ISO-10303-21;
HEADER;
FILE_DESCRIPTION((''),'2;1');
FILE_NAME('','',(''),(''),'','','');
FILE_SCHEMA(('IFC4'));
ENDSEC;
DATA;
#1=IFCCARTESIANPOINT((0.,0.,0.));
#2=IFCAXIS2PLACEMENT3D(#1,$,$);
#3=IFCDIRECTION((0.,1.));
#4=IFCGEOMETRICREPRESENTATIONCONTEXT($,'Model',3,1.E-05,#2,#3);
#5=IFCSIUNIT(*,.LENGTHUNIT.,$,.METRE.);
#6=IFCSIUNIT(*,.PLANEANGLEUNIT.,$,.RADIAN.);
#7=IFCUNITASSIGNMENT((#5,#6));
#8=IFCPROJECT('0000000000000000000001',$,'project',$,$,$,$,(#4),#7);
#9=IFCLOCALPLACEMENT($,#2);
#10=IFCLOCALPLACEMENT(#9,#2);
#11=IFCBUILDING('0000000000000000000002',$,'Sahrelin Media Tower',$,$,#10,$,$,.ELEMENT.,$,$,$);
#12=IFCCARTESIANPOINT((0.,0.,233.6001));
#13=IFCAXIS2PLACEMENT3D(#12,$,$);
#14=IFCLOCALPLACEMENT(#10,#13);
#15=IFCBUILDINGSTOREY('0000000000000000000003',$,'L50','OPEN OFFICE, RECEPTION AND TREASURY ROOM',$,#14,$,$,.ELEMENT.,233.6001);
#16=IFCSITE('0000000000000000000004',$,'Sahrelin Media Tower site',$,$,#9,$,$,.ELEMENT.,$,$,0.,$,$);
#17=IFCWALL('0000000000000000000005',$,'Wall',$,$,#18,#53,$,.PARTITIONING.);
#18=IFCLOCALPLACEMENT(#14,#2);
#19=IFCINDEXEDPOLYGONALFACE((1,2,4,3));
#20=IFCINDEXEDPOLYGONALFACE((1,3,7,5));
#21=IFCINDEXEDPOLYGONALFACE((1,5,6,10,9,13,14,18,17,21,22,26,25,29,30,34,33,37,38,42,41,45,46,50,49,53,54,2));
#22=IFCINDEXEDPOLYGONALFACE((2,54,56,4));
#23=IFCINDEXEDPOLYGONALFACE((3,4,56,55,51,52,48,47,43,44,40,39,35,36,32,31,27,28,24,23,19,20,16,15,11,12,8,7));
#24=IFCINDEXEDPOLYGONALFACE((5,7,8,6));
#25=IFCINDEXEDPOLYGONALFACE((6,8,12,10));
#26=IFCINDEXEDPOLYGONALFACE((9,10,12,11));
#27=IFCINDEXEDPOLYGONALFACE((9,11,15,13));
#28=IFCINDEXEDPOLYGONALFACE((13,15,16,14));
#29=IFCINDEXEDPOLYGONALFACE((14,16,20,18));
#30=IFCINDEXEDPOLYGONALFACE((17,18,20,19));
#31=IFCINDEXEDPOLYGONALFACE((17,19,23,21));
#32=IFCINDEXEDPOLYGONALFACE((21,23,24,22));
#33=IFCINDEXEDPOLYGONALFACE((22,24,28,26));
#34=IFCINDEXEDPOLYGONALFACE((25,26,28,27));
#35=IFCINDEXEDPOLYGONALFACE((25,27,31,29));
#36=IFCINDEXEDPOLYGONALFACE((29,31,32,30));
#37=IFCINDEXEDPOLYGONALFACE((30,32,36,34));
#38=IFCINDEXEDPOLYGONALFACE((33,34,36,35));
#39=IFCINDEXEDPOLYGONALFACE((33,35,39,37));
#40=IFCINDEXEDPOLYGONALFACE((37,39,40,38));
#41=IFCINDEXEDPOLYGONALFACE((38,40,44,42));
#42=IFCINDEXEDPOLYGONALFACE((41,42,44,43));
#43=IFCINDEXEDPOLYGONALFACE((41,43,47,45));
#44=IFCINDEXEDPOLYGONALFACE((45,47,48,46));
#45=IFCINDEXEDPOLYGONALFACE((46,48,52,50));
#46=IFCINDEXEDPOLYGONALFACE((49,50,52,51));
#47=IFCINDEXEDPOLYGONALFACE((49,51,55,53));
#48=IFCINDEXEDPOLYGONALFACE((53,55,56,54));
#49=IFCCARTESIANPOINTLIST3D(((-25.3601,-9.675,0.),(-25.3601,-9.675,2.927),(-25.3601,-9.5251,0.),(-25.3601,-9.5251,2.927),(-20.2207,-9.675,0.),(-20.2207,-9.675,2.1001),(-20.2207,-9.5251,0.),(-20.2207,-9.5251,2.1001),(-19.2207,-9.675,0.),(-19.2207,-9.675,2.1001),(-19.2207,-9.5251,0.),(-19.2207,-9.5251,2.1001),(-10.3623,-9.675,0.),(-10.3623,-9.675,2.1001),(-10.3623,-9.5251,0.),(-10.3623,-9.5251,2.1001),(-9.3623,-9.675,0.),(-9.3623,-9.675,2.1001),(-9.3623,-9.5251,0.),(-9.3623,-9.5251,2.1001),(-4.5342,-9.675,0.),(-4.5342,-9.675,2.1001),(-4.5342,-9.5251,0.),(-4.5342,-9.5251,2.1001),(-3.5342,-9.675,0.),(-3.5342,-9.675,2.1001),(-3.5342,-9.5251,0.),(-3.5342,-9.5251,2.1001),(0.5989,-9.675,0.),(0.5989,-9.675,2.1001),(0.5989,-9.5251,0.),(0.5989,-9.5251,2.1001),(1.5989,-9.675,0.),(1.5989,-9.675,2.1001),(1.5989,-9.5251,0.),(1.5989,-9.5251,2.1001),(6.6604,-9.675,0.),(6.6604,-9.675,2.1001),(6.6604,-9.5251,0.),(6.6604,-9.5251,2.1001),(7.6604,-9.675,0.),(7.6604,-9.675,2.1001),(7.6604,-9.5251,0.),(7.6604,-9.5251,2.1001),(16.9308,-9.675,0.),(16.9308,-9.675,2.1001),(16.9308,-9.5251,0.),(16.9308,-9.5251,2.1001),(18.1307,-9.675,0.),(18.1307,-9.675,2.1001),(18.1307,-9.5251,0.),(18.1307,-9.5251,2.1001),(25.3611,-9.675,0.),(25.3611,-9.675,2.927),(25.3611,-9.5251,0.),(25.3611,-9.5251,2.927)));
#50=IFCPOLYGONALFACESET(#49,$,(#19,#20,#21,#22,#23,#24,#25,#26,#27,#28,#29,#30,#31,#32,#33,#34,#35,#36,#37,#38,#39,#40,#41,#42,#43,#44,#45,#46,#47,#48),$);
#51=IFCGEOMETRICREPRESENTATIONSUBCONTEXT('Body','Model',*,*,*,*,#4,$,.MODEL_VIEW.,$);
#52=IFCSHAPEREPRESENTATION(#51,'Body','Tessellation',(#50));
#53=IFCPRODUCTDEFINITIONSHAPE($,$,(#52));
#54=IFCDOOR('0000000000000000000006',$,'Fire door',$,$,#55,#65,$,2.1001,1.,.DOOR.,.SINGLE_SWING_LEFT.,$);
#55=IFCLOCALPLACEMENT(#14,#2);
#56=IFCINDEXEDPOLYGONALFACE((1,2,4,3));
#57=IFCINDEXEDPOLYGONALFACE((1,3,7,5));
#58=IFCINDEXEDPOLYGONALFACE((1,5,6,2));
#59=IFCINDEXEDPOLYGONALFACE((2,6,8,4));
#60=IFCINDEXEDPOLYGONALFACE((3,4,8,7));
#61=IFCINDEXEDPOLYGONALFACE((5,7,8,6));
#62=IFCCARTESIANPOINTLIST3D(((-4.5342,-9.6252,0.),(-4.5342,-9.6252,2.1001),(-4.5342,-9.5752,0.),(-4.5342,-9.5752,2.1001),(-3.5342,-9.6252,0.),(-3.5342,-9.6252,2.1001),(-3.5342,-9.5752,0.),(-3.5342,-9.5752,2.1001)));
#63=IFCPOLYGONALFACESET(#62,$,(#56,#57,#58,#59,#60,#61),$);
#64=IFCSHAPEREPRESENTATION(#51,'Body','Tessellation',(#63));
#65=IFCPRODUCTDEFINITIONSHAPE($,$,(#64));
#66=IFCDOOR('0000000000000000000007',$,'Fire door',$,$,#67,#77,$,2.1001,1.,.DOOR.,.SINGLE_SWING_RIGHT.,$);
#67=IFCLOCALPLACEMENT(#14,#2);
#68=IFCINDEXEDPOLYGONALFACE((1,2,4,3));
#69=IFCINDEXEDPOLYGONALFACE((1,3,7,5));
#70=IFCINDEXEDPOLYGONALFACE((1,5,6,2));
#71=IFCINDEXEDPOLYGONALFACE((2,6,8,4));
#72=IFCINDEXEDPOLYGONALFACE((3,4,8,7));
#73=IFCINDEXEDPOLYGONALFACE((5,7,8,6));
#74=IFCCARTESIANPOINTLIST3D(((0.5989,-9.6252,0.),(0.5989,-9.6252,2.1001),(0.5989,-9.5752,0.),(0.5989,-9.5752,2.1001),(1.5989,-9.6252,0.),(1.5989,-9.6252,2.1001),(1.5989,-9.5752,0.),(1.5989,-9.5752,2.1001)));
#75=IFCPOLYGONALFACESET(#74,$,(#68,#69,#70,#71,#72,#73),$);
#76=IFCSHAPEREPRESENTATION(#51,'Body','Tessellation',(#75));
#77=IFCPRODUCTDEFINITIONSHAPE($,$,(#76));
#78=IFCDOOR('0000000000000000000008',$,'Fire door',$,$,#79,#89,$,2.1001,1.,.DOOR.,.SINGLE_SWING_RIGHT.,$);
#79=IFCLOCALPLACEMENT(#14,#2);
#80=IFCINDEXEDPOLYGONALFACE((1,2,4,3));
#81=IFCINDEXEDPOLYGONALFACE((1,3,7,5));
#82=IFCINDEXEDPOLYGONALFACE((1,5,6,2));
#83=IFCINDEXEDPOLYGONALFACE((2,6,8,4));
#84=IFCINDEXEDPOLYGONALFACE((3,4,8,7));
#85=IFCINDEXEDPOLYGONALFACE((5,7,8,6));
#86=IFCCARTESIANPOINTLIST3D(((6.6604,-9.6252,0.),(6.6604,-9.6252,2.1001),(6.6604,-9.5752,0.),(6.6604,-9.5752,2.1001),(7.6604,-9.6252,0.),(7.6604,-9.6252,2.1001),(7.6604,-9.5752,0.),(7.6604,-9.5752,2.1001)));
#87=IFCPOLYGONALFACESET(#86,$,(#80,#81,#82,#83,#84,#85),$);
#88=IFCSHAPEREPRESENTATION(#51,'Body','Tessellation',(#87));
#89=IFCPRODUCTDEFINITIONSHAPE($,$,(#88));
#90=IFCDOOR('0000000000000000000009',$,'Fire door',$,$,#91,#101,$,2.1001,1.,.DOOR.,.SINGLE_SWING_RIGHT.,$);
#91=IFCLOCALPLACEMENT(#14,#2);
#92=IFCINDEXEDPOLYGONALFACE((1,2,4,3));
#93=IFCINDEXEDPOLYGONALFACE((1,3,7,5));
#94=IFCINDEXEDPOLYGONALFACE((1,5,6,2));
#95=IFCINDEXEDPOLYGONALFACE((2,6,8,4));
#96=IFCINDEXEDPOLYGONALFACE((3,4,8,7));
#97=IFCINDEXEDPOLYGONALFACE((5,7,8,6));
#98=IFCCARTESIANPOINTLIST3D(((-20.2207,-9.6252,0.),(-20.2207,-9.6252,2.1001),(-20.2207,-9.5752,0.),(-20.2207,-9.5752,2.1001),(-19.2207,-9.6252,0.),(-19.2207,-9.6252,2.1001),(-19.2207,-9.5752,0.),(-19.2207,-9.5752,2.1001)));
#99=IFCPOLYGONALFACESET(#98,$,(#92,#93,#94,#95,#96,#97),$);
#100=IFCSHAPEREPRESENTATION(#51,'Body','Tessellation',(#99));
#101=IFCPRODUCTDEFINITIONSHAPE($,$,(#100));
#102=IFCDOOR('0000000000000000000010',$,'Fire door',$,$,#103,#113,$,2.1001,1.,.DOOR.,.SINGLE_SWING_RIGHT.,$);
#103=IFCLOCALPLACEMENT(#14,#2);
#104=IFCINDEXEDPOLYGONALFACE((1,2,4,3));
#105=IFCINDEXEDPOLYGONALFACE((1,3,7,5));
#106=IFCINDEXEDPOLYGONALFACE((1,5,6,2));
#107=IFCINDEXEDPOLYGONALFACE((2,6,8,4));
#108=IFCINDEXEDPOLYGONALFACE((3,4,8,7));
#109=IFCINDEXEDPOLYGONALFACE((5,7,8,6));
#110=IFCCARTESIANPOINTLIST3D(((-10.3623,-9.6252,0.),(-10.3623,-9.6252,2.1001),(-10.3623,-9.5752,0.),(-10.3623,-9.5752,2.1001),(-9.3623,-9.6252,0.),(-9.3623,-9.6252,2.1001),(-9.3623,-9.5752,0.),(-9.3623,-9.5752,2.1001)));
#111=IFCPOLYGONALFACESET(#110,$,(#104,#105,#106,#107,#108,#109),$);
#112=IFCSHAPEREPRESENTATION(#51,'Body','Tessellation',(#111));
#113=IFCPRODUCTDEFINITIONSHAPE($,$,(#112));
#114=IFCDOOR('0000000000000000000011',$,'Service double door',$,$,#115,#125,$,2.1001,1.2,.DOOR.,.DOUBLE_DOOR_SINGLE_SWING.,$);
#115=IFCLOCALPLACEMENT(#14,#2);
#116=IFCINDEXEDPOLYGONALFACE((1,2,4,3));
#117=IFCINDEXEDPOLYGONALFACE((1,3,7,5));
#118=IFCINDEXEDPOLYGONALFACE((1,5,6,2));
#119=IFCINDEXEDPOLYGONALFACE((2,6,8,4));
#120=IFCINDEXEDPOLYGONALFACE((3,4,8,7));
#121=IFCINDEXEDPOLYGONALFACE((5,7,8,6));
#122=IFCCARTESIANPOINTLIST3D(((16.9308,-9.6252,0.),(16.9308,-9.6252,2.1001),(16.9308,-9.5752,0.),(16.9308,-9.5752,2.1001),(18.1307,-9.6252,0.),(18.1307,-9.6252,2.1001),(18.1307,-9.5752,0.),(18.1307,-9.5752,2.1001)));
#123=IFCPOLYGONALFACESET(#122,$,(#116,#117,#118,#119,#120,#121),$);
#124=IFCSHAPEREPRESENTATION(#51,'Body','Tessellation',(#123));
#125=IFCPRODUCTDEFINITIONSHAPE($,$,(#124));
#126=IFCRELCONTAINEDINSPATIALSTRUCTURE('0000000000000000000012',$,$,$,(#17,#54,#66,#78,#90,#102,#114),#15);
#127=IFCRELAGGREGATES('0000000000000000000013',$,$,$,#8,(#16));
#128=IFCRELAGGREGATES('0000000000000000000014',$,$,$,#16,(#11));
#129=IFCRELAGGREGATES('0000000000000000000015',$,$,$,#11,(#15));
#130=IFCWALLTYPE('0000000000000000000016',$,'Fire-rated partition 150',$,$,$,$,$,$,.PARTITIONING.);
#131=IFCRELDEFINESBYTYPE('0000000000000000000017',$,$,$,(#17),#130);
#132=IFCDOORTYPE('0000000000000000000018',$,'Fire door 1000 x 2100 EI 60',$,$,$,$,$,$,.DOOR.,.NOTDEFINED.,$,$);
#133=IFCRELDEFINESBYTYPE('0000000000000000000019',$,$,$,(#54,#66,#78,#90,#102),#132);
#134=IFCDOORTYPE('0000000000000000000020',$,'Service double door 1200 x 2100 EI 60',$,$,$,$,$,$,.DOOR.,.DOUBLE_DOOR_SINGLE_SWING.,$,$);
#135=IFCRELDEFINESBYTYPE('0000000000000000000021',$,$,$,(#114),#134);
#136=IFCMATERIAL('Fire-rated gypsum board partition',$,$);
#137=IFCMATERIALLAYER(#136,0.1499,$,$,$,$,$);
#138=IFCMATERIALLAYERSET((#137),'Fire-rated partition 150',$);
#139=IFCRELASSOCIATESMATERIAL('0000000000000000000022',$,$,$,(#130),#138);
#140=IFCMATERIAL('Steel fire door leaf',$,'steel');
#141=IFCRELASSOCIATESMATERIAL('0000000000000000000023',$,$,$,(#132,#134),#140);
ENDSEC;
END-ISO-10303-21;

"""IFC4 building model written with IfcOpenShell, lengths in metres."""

from ifc_helpers import new_model, si_unit, direction, frame, frame_2d, origin, place, context, subcontext, project, spatial, rectangle, extrude, material, layer, layer_set, type_object, element, fill, save


model = new_model("IFC4")

# Units and contexts
model_context = context("Model", 3, precision=1e-05, world=origin(), true_north=direction((0.0, 1.0)))
body_context = subcontext(model_context, "Body", "Model", "MODEL_VIEW")
ifc_project = project(units=[si_unit("LENGTHUNIT", "METRE"), si_unit("PLANEANGLEUNIT", "RADIAN")], contexts=[model_context])

# Site, building, storey
site_placement = place(None, origin())
site = spatial("IfcSite", under=ifc_project, at=site_placement, Name="Sahrelin Media Tower site", CompositionType="ELEMENT", RefElevation=0.0)
building_placement = place(site_placement, origin())
building = spatial("IfcBuilding", under=site, at=building_placement, Name="Sahrelin Media Tower", CompositionType="ELEMENT")
storey_placement = place(building_placement, frame((0.0, 0.0, 233.6001)))
storey = spatial("IfcBuildingStorey", under=building, at=storey_placement, Name="L50", Description="OPEN OFFICE, RECEPTION AND TREASURY ROOM", CompositionType="ELEMENT", Elevation=233.6001)

# Shared definitions
ifc_material_1 = material(Name="Fire-rated gypsum board partition")
ifc_layer_1 = layer(ifc_material_1, 0.1499)
ifc_layer_set_1 = layer_set([ifc_layer_1], Name="Fire-rated partition 150")
wall_type_1 = type_object("IfcWallType", Name="Fire-rated partition 150", PredefinedType="PARTITIONING", material=ifc_layer_set_1)

# Wall, openings, doors
wall_1_placement = place(storey_placement, frame((-25.3601, -9.6001, 0.0), z_axis=(0.0, 0.0, 1.0), x_axis=(1.0, 0.0, 0.0)))
wall_1 = element("IfcWall", 1, at=wall_1_placement, inside=storey, type_object=wall_type_1, Name="Wall", PredefinedType="PARTITIONING", context=body_context, shape_type="SweptSolid", body=[
    extrude(rectangle(XDim=50.7212, YDim=0.1499, at=frame_2d((25.3606, 0.0))), origin(), (0.0, 0.0, 1.0), 2.927),
])
opening_1_placement = place(wall_1_placement, frame((20.8259, 0.0, 0.0)))
opening_1 = element("IfcOpeningElement", 2, at=opening_1_placement, cuts=wall_1, PredefinedType="OPENING", context=body_context, shape_type="SweptSolid", body=[
    extrude(rectangle(XDim=1.0, YDim=2.1001, at=frame_2d((0.5, 1.05))), frame((0.0, 0.075, 0.0), z_axis=(0.0, -1.0, 0.0), x_axis=(1.0, 0.0, 0.0)), (0.0, 0.0, 1.0), 0.1499),
])
opening_2_placement = place(wall_1_placement, frame((25.959, 0.0, 0.0)))
opening_2 = element("IfcOpeningElement", 3, at=opening_2_placement, cuts=wall_1, PredefinedType="OPENING", context=body_context, shape_type="SweptSolid", body=[
    extrude(rectangle(XDim=1.0, YDim=2.1001, at=frame_2d((0.5, 1.05))), frame((0.0, 0.075, 0.0), z_axis=(0.0, -1.0, 0.0), x_axis=(1.0, 0.0, 0.0)), (0.0, 0.0, 1.0), 0.1499),
])
opening_3_placement = place(wall_1_placement, frame((32.0205, 0.0, 0.0)))
opening_3 = element("IfcOpeningElement", 4, at=opening_3_placement, cuts=wall_1, PredefinedType="OPENING", context=body_context, shape_type="SweptSolid", body=[
    extrude(rectangle(XDim=1.0, YDim=2.1001, at=frame_2d((0.5, 1.05))), frame((0.0, 0.075, 0.0), z_axis=(0.0, -1.0, 0.0), x_axis=(1.0, 0.0, 0.0)), (0.0, 0.0, 1.0), 0.1499),
])
opening_4_placement = place(wall_1_placement, frame((42.2908, 0.0, 0.0)))
opening_4 = element("IfcOpeningElement", 5, at=opening_4_placement, cuts=wall_1, PredefinedType="OPENING", context=body_context, shape_type="SweptSolid", body=[
    extrude(rectangle(XDim=1.2, YDim=2.1001, at=frame_2d((0.6001, 1.05))), frame((0.0, 0.075, 0.0), z_axis=(0.0, -1.0, 0.0), x_axis=(1.0, 0.0, 0.0)), (0.0, 0.0, 1.0), 0.1499),
])
opening_5_placement = place(wall_1_placement, frame((5.1394, 0.0, 0.0)))
opening_5 = element("IfcOpeningElement", 6, at=opening_5_placement, cuts=wall_1, PredefinedType="OPENING", context=body_context, shape_type="SweptSolid", body=[
    extrude(rectangle(XDim=1.0, YDim=2.1001, at=frame_2d((0.5, 1.05))), frame((0.0, 0.075, 0.0), z_axis=(0.0, -1.0, 0.0), x_axis=(1.0, 0.0, 0.0)), (0.0, 0.0, 1.0), 0.1499),
])
opening_6_placement = place(wall_1_placement, frame((14.9978, 0.0, 0.0)))
opening_6 = element("IfcOpeningElement", 7, at=opening_6_placement, cuts=wall_1, PredefinedType="OPENING", context=body_context, shape_type="SweptSolid", body=[
    extrude(rectangle(XDim=1.0, YDim=2.1001, at=frame_2d((0.5, 1.05))), frame((0.0, 0.075, 0.0), z_axis=(0.0, -1.0, 0.0), x_axis=(1.0, 0.0, 0.0)), (0.0, 0.0, 1.0), 0.1499),
])
ifc_material_2 = material(Name="Steel fire door leaf", Category="steel")
door_type_1 = type_object("IfcDoorType", Name="Fire door 1000 x 2100 EI 60", OperationType="NOTDEFINED", PredefinedType="DOOR", material=ifc_material_2)
door_1_placement = place(opening_1_placement, origin())
door_1 = element("IfcDoor", 8, at=door_1_placement, inside=storey, type_object=door_type_1, Name="Fire door", OperationType="SINGLE_SWING_LEFT", OverallHeight=2.1001, OverallWidth=1.0, PredefinedType="DOOR", context=body_context, shape_type="SweptSolid", body=[
    extrude(rectangle(XDim=1.0, YDim=2.1001, at=frame_2d((0.5, 1.05))), frame((0.0, 0.0249, 0.0), z_axis=(0.0, -1.0, 0.0), x_axis=(1.0, 0.0, 0.0)), (0.0, 0.0, 1.0), 0.05),
])
fill(opening_1, door_1)
door_2_placement = place(opening_2_placement, origin())
door_2 = element("IfcDoor", 9, at=door_2_placement, inside=storey, type_object=door_type_1, Name="Fire door", OperationType="SINGLE_SWING_RIGHT", OverallHeight=2.1001, OverallWidth=1.0, PredefinedType="DOOR", context=body_context, shape_type="SweptSolid", body=[
    extrude(rectangle(XDim=1.0, YDim=2.1001, at=frame_2d((0.5, 1.05))), frame((0.0, 0.0249, 0.0), z_axis=(0.0, -1.0, 0.0), x_axis=(1.0, 0.0, 0.0)), (0.0, 0.0, 1.0), 0.05),
])
fill(opening_2, door_2)
door_3_placement = place(opening_3_placement, origin())
door_3 = element("IfcDoor", 10, at=door_3_placement, inside=storey, type_object=door_type_1, Name="Fire door", OperationType="SINGLE_SWING_RIGHT", OverallHeight=2.1001, OverallWidth=1.0, PredefinedType="DOOR", context=body_context, shape_type="SweptSolid", body=[
    extrude(rectangle(XDim=1.0, YDim=2.1001, at=frame_2d((0.5, 1.05))), frame((0.0, 0.0249, 0.0), z_axis=(0.0, -1.0, 0.0), x_axis=(1.0, 0.0, 0.0)), (0.0, 0.0, 1.0), 0.05),
])
fill(opening_3, door_3)
door_4_placement = place(opening_5_placement, origin())
door_4 = element("IfcDoor", 11, at=door_4_placement, inside=storey, type_object=door_type_1, Name="Fire door", OperationType="SINGLE_SWING_RIGHT", OverallHeight=2.1001, OverallWidth=1.0, PredefinedType="DOOR", context=body_context, shape_type="SweptSolid", body=[
    extrude(rectangle(XDim=1.0, YDim=2.1001, at=frame_2d((0.5, 1.05))), frame((0.0, 0.0249, 0.0), z_axis=(0.0, -1.0, 0.0), x_axis=(1.0, 0.0, 0.0)), (0.0, 0.0, 1.0), 0.05),
])
fill(opening_5, door_4)
door_5_placement = place(opening_6_placement, origin())
door_5 = element("IfcDoor", 12, at=door_5_placement, inside=storey, type_object=door_type_1, Name="Fire door", OperationType="SINGLE_SWING_RIGHT", OverallHeight=2.1001, OverallWidth=1.0, PredefinedType="DOOR", context=body_context, shape_type="SweptSolid", body=[
    extrude(rectangle(XDim=1.0, YDim=2.1001, at=frame_2d((0.5, 1.05))), frame((0.0, 0.0249, 0.0), z_axis=(0.0, -1.0, 0.0), x_axis=(1.0, 0.0, 0.0)), (0.0, 0.0, 1.0), 0.05),
])
fill(opening_6, door_5)
door_type_2 = type_object("IfcDoorType", Name="Service double door 1200 x 2100 EI 60", OperationType="DOUBLE_DOOR_SINGLE_SWING", PredefinedType="DOOR", material=ifc_material_2)
door_6_placement = place(opening_4_placement, origin())
door_6 = element("IfcDoor", 13, at=door_6_placement, inside=storey, type_object=door_type_2, Name="Service double door", OperationType="DOUBLE_DOOR_SINGLE_SWING", OverallHeight=2.1001, OverallWidth=1.2, PredefinedType="DOOR", context=body_context, shape_type="SweptSolid", body=[
    extrude(rectangle(XDim=1.2, YDim=2.1001, at=frame_2d((0.6001, 1.05))), frame((0.0, 0.0249, 0.0), z_axis=(0.0, -1.0, 0.0), x_axis=(1.0, 0.0, 0.0)), (0.0, 0.0, 1.0), 0.05),
])
fill(opening_4, door_6)

save(model, "model.ifc")
